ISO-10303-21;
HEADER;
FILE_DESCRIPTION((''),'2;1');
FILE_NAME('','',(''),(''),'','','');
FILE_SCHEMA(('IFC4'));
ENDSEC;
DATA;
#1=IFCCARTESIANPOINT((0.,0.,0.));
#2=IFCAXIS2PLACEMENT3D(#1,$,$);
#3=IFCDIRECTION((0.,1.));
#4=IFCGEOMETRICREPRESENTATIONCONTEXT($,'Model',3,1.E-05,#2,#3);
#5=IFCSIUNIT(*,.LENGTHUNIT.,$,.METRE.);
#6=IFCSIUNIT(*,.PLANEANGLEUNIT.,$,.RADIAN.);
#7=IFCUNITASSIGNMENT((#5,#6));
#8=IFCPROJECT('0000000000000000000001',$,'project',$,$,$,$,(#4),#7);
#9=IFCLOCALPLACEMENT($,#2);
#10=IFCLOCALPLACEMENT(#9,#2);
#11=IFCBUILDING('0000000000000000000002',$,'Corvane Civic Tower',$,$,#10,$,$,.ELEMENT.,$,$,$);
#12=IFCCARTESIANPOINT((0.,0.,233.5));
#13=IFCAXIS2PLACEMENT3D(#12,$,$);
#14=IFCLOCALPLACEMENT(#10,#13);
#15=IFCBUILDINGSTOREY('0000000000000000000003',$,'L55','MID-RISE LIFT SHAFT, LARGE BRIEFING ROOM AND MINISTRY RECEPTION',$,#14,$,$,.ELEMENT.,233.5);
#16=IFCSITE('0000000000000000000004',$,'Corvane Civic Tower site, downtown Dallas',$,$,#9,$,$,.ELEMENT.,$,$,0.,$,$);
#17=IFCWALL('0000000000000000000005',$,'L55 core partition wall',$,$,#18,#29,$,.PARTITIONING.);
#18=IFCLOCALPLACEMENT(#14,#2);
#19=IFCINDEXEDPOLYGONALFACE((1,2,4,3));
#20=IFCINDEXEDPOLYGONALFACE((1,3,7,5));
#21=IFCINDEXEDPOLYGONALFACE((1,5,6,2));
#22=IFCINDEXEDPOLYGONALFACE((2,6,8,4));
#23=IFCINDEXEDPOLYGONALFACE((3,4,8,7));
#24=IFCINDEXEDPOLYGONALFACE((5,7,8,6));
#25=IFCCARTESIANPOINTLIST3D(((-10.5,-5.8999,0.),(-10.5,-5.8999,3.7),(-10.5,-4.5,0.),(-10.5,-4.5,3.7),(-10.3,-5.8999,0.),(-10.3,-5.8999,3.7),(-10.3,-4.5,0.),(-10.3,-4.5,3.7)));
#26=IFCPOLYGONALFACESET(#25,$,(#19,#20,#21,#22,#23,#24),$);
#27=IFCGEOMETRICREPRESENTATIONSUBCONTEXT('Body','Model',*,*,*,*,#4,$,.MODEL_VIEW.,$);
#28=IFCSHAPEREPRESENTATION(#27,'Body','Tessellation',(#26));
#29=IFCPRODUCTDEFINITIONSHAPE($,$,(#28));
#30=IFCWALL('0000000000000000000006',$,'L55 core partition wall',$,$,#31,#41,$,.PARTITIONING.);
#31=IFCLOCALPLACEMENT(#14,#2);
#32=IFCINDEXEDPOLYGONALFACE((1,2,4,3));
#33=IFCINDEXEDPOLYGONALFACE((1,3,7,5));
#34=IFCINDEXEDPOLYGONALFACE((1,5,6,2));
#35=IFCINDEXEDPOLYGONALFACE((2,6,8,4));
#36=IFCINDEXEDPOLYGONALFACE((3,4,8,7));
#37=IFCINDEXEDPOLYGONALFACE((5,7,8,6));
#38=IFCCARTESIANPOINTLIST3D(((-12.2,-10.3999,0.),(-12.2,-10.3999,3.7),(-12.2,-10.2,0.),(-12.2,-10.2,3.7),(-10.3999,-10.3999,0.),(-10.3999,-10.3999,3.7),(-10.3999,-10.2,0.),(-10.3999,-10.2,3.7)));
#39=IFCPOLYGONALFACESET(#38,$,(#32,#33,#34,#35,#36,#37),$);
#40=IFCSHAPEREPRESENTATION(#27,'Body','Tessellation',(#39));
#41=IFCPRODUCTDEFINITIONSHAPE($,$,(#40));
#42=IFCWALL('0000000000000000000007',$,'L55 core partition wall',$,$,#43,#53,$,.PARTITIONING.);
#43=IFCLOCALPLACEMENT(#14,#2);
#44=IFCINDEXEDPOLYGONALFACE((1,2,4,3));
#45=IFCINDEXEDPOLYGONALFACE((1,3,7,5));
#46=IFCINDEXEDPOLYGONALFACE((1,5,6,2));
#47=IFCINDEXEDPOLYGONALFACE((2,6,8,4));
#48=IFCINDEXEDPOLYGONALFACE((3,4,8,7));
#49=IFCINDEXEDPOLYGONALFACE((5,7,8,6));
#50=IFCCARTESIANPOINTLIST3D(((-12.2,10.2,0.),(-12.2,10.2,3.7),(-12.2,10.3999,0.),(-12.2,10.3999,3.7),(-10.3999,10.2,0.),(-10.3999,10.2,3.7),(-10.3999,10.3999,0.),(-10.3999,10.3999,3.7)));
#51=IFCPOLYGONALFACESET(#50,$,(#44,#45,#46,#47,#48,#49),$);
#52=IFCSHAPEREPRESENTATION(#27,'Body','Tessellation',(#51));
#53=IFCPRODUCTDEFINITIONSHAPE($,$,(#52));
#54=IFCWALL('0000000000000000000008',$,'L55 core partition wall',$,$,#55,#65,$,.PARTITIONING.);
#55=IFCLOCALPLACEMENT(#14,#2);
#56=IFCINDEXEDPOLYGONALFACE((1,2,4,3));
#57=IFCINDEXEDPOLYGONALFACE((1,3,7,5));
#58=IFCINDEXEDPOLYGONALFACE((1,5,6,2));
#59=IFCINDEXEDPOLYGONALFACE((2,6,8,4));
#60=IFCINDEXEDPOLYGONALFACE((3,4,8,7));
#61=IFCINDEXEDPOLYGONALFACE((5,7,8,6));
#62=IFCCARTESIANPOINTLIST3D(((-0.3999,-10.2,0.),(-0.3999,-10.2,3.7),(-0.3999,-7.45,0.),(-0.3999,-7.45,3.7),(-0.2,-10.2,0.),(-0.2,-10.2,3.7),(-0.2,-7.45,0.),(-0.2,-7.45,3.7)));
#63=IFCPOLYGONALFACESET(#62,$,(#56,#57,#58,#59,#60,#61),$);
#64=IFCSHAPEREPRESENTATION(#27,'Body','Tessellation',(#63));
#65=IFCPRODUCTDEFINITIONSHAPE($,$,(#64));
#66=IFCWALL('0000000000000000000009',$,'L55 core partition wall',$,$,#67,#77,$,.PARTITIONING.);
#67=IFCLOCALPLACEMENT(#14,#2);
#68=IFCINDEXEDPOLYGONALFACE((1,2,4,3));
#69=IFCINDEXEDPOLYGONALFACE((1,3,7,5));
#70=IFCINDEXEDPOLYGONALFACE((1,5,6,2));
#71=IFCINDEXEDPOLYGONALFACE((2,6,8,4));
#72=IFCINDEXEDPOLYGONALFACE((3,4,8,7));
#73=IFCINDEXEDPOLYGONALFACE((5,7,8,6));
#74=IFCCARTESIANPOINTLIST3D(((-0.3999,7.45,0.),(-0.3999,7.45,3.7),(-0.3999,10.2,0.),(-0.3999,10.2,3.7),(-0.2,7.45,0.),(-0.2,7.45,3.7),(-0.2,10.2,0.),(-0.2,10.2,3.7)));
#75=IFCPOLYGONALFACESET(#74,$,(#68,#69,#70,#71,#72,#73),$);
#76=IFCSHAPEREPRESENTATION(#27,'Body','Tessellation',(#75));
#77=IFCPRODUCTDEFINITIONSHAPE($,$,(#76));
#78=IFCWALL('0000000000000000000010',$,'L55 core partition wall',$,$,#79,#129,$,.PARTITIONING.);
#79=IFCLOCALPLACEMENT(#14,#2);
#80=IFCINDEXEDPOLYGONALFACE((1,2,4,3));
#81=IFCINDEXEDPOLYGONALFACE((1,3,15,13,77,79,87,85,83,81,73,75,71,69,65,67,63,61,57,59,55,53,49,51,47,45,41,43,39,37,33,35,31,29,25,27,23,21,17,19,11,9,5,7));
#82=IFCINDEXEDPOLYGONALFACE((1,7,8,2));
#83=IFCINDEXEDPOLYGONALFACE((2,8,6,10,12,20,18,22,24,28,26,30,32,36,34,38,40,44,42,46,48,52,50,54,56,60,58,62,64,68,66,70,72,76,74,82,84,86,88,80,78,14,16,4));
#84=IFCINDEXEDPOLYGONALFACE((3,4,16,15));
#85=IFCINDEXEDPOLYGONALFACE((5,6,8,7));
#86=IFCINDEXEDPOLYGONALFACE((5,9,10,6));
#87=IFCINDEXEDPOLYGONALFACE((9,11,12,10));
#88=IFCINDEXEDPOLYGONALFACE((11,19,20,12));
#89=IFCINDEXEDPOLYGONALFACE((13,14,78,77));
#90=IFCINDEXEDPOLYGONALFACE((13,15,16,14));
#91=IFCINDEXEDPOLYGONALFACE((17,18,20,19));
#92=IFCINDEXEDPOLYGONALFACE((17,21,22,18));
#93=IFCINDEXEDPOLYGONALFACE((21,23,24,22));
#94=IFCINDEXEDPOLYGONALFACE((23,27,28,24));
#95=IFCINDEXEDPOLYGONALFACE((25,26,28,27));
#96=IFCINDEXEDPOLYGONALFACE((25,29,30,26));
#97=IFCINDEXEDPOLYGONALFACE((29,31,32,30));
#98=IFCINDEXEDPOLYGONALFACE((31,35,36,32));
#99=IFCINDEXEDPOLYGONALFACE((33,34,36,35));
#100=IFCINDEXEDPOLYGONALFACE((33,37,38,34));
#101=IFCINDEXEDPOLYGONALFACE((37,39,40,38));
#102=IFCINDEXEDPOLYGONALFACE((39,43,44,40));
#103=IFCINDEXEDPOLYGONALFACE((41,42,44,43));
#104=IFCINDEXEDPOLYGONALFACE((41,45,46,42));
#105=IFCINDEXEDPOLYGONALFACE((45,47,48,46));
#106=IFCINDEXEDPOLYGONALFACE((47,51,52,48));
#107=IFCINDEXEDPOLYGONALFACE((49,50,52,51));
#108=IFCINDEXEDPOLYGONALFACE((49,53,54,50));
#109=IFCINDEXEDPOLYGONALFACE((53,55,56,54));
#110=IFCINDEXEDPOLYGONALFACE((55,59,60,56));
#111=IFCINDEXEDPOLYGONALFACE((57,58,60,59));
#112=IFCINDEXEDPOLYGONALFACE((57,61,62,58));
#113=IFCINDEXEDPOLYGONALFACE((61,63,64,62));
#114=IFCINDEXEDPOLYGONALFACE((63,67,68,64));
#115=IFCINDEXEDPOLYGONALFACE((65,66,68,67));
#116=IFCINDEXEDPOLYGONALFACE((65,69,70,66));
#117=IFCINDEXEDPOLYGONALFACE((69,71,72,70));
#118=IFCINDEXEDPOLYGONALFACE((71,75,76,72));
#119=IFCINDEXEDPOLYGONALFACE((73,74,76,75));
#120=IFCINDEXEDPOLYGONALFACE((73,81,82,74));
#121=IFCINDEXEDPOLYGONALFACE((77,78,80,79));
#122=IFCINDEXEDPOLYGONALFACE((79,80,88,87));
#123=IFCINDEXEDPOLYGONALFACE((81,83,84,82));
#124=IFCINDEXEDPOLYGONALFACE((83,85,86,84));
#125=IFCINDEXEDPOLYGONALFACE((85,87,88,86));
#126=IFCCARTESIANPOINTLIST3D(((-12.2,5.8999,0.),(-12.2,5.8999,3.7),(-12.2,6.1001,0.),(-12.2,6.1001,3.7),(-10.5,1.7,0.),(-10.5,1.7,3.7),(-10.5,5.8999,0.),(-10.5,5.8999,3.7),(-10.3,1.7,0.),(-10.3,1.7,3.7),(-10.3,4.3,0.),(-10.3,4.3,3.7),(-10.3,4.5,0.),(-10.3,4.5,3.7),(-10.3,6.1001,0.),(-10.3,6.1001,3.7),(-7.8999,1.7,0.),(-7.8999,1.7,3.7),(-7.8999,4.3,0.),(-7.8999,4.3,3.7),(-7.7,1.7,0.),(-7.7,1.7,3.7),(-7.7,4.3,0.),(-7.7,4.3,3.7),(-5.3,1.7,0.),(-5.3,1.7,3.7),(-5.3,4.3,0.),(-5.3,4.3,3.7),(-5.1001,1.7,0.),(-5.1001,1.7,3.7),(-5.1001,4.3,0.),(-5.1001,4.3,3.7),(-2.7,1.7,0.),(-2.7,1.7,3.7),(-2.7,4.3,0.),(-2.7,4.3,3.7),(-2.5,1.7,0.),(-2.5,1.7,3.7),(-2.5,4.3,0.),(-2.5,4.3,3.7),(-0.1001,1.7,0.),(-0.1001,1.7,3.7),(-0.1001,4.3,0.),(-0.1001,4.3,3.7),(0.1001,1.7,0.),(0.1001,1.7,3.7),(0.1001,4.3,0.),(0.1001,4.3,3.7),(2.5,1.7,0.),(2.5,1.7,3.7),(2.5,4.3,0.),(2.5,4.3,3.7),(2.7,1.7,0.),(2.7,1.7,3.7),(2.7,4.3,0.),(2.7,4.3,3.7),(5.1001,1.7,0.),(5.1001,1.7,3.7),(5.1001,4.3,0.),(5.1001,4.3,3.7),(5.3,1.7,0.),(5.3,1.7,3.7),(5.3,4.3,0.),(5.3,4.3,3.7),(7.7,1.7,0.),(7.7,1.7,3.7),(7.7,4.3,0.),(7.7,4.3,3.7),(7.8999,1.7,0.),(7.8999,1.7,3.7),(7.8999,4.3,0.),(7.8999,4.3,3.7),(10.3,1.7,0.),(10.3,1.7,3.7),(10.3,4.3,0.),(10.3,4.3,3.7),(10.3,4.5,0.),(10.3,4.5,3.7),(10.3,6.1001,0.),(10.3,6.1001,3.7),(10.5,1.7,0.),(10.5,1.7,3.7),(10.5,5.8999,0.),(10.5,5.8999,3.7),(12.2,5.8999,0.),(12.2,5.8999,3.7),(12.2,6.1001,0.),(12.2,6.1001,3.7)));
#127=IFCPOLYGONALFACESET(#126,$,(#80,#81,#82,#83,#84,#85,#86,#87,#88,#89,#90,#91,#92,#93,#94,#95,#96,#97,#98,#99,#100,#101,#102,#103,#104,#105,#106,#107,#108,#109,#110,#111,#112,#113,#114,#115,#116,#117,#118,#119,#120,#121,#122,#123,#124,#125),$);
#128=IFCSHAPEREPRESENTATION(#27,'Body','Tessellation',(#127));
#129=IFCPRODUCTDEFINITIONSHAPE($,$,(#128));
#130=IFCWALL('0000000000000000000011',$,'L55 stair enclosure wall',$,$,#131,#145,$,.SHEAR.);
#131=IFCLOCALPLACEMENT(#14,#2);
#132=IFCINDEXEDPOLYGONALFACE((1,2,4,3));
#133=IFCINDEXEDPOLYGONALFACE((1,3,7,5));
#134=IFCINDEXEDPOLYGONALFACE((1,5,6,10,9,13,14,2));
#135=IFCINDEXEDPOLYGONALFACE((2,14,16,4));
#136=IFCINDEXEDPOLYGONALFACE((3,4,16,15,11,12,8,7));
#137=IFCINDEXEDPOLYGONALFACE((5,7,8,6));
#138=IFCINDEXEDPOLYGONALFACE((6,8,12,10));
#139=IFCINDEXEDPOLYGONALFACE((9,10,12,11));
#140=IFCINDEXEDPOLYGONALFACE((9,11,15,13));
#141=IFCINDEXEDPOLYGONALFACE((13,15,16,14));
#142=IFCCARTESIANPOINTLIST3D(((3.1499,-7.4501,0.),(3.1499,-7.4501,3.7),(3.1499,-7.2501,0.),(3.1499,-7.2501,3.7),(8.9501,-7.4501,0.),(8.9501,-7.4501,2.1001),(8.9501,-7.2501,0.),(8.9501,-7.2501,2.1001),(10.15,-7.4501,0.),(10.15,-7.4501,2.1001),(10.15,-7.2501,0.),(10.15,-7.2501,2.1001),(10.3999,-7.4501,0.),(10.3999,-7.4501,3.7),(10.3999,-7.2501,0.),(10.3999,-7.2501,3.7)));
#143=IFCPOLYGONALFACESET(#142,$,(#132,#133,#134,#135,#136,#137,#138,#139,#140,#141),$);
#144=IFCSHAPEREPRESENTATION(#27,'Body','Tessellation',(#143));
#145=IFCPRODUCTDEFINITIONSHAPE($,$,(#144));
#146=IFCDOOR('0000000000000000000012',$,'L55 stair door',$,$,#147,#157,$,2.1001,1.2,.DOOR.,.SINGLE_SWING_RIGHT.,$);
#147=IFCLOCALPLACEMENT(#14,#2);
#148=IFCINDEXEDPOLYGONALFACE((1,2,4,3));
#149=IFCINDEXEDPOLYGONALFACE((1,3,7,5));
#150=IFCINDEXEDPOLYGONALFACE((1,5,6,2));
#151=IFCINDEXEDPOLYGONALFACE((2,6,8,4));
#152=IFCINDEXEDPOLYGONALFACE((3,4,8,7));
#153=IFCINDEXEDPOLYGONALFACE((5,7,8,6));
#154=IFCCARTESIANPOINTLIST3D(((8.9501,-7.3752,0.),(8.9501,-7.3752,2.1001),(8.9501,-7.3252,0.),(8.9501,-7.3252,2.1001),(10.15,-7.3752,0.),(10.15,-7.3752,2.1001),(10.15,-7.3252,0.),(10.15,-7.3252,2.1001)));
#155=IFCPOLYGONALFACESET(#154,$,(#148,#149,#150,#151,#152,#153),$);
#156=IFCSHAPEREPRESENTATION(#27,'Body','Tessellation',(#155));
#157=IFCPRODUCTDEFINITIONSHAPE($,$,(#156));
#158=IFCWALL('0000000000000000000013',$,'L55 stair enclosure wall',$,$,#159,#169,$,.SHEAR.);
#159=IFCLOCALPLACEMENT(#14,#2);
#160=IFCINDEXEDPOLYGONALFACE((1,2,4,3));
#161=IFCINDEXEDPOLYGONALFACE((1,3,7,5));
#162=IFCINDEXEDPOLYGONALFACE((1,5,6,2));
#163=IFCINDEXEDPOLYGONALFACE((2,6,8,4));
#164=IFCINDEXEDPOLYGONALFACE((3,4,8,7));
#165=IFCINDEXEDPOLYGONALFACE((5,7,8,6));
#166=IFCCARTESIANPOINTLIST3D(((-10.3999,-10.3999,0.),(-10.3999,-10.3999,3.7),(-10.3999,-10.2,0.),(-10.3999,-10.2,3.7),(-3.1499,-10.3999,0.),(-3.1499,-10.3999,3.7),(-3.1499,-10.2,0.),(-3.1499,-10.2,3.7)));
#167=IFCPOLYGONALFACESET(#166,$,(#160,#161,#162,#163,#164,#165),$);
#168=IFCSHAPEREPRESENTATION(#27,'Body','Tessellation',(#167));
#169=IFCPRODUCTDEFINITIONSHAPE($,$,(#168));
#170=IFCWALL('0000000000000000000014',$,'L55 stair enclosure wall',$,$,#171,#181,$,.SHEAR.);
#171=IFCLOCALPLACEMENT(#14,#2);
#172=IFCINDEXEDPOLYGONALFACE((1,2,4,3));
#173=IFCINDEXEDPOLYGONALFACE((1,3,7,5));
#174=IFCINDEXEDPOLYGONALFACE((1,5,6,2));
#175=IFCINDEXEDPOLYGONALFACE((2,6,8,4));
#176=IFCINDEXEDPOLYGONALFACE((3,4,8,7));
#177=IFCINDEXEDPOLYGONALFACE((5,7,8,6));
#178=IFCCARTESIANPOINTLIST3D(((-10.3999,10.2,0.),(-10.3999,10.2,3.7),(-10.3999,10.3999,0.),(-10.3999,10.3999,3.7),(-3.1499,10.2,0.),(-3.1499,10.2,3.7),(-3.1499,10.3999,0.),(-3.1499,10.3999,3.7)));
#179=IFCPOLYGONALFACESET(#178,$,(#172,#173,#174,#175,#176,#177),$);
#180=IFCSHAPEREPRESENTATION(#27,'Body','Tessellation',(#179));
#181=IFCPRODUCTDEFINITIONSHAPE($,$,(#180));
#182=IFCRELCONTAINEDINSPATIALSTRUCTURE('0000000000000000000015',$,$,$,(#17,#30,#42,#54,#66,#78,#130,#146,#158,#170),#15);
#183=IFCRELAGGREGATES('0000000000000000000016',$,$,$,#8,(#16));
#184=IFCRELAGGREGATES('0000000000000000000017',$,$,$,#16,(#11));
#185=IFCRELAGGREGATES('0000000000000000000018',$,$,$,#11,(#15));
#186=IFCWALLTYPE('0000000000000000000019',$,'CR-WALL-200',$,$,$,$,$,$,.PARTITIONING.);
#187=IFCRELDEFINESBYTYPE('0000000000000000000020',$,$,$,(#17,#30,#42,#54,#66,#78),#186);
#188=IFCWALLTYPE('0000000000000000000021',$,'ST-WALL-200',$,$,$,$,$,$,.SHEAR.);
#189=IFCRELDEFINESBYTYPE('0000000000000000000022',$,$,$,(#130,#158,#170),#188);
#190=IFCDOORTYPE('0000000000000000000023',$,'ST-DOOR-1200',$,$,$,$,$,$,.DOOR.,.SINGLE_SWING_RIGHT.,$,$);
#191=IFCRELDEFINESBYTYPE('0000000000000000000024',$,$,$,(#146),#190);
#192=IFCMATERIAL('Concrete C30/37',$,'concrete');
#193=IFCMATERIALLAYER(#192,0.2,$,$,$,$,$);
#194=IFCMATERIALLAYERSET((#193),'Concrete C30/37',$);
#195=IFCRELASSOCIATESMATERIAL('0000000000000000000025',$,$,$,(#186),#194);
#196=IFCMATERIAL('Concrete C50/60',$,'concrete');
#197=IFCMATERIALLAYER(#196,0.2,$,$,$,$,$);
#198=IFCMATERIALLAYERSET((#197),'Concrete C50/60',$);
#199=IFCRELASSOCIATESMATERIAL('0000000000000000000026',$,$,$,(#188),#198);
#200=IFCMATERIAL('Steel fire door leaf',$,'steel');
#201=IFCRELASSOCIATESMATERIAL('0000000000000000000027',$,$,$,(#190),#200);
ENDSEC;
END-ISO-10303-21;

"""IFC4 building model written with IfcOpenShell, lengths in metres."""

from ifc_helpers import new_model, si_unit, direction, frame, frame_2d, origin, place, context, subcontext, project, spatial, polyline, rectangle, outline, extrude, material, layer, layer_set, type_object, element, fill, save


model = new_model("IFC4")

# Units and contexts
model_context = context("Model", 3, precision=1e-05, world=origin(), true_north=direction((0.0, 1.0)))
body_context = subcontext(model_context, "Body", "Model", "MODEL_VIEW")
ifc_project = project(units=[si_unit("LENGTHUNIT", "METRE"), si_unit("PLANEANGLEUNIT", "RADIAN")], contexts=[model_context])

# Site, building, storey
site_placement = place(None, origin())
site = spatial("IfcSite", under=ifc_project, at=site_placement, Name="Corvane Civic Tower site, downtown Dallas", CompositionType="ELEMENT", RefElevation=0.0)
building_placement = place(site_placement, origin())
building = spatial("IfcBuilding", under=site, at=building_placement, Name="Corvane Civic Tower", CompositionType="ELEMENT")
storey_placement = place(building_placement, frame((0.0, 0.0, 233.5)))
storey = spatial("IfcBuildingStorey", under=building, at=storey_placement, Name="L55", Description="MID-RISE LIFT SHAFT, LARGE BRIEFING ROOM AND MINISTRY RECEPTION", CompositionType="ELEMENT", Elevation=233.5)

# Shared definitions
ifc_material_1 = material(Name="Concrete C30/37", Category="concrete")
ifc_layer_1 = layer(ifc_material_1, 0.2)
ifc_layer_set_1 = layer_set([ifc_layer_1], Name="Concrete C30/37")
wall_type_1 = type_object("IfcWallType", Name="CR-WALL-200", PredefinedType="PARTITIONING", material=ifc_layer_set_1)

# Walls
wall_1_placement = place(storey_placement, origin())
element("IfcWall", 1, at=wall_1_placement, inside=storey, type_object=wall_type_1, Name="L55 core partition wall", PredefinedType="PARTITIONING", context=body_context, shape_type="SweptSolid", body=[
    extrude(outline(polyline([(-10.3, -5.8999), (-10.5, -5.8999), (-10.5, -4.5), (-10.3, -4.5), (-10.3, -5.8999)])), origin(), (0.0, 0.0, 1.0), 3.7),
])
wall_2_placement = place(storey_placement, origin())
element("IfcWall", 2, at=wall_2_placement, inside=storey, type_object=wall_type_1, Name="L55 core partition wall", PredefinedType="PARTITIONING", context=body_context, shape_type="SweptSolid", body=[
    extrude(outline(polyline([(-10.3999, -10.3999), (-12.2, -10.3999), (-12.2, -10.2), (-10.3999, -10.2), (-10.3999, -10.3999)])), origin(), (0.0, 0.0, 1.0), 3.7),
])
wall_3_placement = place(storey_placement, origin())
element("IfcWall", 3, at=wall_3_placement, inside=storey, type_object=wall_type_1, Name="L55 core partition wall", PredefinedType="PARTITIONING", context=body_context, shape_type="SweptSolid", body=[
    extrude(outline(polyline([(-12.2, 10.2), (-12.2, 10.3999), (-10.3999, 10.3999), (-10.3999, 10.2), (-12.2, 10.2)])), origin(), (0.0, 0.0, 1.0), 3.7),
])
wall_4_placement = place(storey_placement, origin())
element("IfcWall", 4, at=wall_4_placement, inside=storey, type_object=wall_type_1, Name="L55 core partition wall", PredefinedType="PARTITIONING", context=body_context, shape_type="SweptSolid", body=[
    extrude(outline(polyline([(-0.2, -10.2), (-0.3999, -10.2), (-0.3999, -7.45), (-0.2, -7.45), (-0.2, -10.2)])), origin(), (0.0, 0.0, 1.0), 3.7),
])
wall_5_placement = place(storey_placement, origin())
element("IfcWall", 5, at=wall_5_placement, inside=storey, type_object=wall_type_1, Name="L55 core partition wall", PredefinedType="PARTITIONING", context=body_context, shape_type="SweptSolid", body=[
    extrude(outline(polyline([(-0.2, 10.2), (-0.2, 7.45), (-0.3999, 7.45), (-0.3999, 10.2), (-0.2, 10.2)])), origin(), (0.0, 0.0, 1.0), 3.7),
])
wall_6_placement = place(storey_placement, origin())
element("IfcWall", 6, at=wall_6_placement, inside=storey, type_object=wall_type_1, Name="L55 core partition wall", PredefinedType="PARTITIONING", context=body_context, shape_type="SweptSolid", body=[
    extrude(outline(polyline([(-10.3, 1.7), (-10.5, 1.7), (-10.5, 5.8999), (-12.2, 5.8999), (-12.2, 6.1001), (-10.3, 6.1001), (-10.3, 4.5), (10.3, 4.5), (10.3, 6.1001), (12.2, 6.1001), (12.2, 5.8999), (10.5, 5.8999), (10.5, 1.7), (10.3, 1.7), (10.3, 4.3), (7.8999, 4.3), (7.8999, 1.7), (7.7, 1.7), (7.7, 4.3), (5.3, 4.3), (5.3, 1.7), (5.1001, 1.7), (5.1001, 4.3), (2.7, 4.3), (2.7, 1.7), (2.5, 1.7), (2.5, 4.3), (0.1001, 4.3), (0.1001, 1.7), (-0.1001, 1.7), (-0.1001, 4.3), (-2.5, 4.3), (-2.5, 1.7), (-2.7, 1.7), (-2.7, 4.3), (-5.1001, 4.3), (-5.1001, 1.7), (-5.3, 1.7), (-5.3, 4.3), (-7.7, 4.3), (-7.7, 1.7), (-7.8999, 1.7), (-7.8999, 4.3), (-10.3, 4.3), (-10.3, 1.7)])), origin(), (0.0, 0.0, 1.0), 3.7),
])

# Wall, opening, door
ifc_material_2 = material(Name="Concrete C50/60", Category="concrete")
ifc_layer_2 = layer(ifc_material_2, 0.2)
ifc_layer_set_2 = layer_set([ifc_layer_2], Name="Concrete C50/60")
wall_type_2 = type_object("IfcWallType", Name="ST-WALL-200", PredefinedType="SHEAR", material=ifc_layer_set_2)
wall_7_placement = place(storey_placement, frame((3.1499, -7.3501, 0.0), z_axis=(0.0, 0.0, 1.0), x_axis=(1.0, 0.0, 0.0)))
wall_7 = element("IfcWall", 7, at=wall_7_placement, inside=storey, type_object=wall_type_2, Name="L55 stair enclosure wall", PredefinedType="SHEAR", context=body_context, shape_type="SweptSolid", body=[
    extrude(rectangle(XDim=7.25, YDim=0.2, at=frame_2d((3.625, 0.0))), origin(), (0.0, 0.0, 1.0), 3.7),
])
opening_1_placement = place(wall_7_placement, frame((5.8, 0.0, 0.0)))
opening_1 = element("IfcOpeningElement", 8, at=opening_1_placement, cuts=wall_7, PredefinedType="OPENING", context=body_context, shape_type="SweptSolid", body=[
    extrude(rectangle(XDim=1.2, YDim=2.1001, at=frame_2d((0.6001, 1.05))), frame((0.0, 0.1099, 0.0), z_axis=(0.0, -1.0, 0.0), x_axis=(1.0, 0.0, 0.0)), (0.0, 0.0, 1.0), 0.22),
])
ifc_material_3 = material(Name="Steel fire door leaf", Category="steel")
door_type_1 = type_object("IfcDoorType", Name="ST-DOOR-1200", OperationType="SINGLE_SWING_RIGHT", PredefinedType="DOOR", material=ifc_material_3)
door_1_placement = place(opening_1_placement, origin())
door_1 = element("IfcDoor", 9, at=door_1_placement, inside=storey, type_object=door_type_1, Name="L55 stair door", OperationType="SINGLE_SWING_RIGHT", OverallHeight=2.1001, OverallWidth=1.2, PredefinedType="DOOR", context=body_context, shape_type="SweptSolid", body=[
    extrude(rectangle(XDim=1.2, YDim=2.1001, at=frame_2d((0.6001, 1.05))), frame((0.0, 0.0249, 0.0), z_axis=(0.0, -1.0, 0.0), x_axis=(1.0, 0.0, 0.0)), (0.0, 0.0, 1.0), 0.05),
])
fill(opening_1, door_1)

# Walls
wall_8_placement = place(storey_placement, origin())
element("IfcWall", 10, at=wall_8_placement, inside=storey, type_object=wall_type_2, Name="L55 stair enclosure wall", PredefinedType="SHEAR", context=body_context, shape_type="SweptSolid", body=[
    extrude(outline(polyline([(-3.1499, -10.2), (-3.1499, -10.3999), (-10.3999, -10.3999), (-10.3999, -10.2), (-3.1499, -10.2)])), origin(), (0.0, 0.0, 1.0), 3.7),
])
wall_9_placement = place(storey_placement, origin())
element("IfcWall", 11, at=wall_9_placement, inside=storey, type_object=wall_type_2, Name="L55 stair enclosure wall", PredefinedType="SHEAR", context=body_context, shape_type="SweptSolid", body=[
    extrude(outline(polyline([(-3.1499, 10.2), (-10.3999, 10.2), (-10.3999, 10.3999), (-3.1499, 10.3999), (-3.1499, 10.2)])), origin(), (0.0, 0.0, 1.0), 3.7),
])

save(model, "model.ifc")
